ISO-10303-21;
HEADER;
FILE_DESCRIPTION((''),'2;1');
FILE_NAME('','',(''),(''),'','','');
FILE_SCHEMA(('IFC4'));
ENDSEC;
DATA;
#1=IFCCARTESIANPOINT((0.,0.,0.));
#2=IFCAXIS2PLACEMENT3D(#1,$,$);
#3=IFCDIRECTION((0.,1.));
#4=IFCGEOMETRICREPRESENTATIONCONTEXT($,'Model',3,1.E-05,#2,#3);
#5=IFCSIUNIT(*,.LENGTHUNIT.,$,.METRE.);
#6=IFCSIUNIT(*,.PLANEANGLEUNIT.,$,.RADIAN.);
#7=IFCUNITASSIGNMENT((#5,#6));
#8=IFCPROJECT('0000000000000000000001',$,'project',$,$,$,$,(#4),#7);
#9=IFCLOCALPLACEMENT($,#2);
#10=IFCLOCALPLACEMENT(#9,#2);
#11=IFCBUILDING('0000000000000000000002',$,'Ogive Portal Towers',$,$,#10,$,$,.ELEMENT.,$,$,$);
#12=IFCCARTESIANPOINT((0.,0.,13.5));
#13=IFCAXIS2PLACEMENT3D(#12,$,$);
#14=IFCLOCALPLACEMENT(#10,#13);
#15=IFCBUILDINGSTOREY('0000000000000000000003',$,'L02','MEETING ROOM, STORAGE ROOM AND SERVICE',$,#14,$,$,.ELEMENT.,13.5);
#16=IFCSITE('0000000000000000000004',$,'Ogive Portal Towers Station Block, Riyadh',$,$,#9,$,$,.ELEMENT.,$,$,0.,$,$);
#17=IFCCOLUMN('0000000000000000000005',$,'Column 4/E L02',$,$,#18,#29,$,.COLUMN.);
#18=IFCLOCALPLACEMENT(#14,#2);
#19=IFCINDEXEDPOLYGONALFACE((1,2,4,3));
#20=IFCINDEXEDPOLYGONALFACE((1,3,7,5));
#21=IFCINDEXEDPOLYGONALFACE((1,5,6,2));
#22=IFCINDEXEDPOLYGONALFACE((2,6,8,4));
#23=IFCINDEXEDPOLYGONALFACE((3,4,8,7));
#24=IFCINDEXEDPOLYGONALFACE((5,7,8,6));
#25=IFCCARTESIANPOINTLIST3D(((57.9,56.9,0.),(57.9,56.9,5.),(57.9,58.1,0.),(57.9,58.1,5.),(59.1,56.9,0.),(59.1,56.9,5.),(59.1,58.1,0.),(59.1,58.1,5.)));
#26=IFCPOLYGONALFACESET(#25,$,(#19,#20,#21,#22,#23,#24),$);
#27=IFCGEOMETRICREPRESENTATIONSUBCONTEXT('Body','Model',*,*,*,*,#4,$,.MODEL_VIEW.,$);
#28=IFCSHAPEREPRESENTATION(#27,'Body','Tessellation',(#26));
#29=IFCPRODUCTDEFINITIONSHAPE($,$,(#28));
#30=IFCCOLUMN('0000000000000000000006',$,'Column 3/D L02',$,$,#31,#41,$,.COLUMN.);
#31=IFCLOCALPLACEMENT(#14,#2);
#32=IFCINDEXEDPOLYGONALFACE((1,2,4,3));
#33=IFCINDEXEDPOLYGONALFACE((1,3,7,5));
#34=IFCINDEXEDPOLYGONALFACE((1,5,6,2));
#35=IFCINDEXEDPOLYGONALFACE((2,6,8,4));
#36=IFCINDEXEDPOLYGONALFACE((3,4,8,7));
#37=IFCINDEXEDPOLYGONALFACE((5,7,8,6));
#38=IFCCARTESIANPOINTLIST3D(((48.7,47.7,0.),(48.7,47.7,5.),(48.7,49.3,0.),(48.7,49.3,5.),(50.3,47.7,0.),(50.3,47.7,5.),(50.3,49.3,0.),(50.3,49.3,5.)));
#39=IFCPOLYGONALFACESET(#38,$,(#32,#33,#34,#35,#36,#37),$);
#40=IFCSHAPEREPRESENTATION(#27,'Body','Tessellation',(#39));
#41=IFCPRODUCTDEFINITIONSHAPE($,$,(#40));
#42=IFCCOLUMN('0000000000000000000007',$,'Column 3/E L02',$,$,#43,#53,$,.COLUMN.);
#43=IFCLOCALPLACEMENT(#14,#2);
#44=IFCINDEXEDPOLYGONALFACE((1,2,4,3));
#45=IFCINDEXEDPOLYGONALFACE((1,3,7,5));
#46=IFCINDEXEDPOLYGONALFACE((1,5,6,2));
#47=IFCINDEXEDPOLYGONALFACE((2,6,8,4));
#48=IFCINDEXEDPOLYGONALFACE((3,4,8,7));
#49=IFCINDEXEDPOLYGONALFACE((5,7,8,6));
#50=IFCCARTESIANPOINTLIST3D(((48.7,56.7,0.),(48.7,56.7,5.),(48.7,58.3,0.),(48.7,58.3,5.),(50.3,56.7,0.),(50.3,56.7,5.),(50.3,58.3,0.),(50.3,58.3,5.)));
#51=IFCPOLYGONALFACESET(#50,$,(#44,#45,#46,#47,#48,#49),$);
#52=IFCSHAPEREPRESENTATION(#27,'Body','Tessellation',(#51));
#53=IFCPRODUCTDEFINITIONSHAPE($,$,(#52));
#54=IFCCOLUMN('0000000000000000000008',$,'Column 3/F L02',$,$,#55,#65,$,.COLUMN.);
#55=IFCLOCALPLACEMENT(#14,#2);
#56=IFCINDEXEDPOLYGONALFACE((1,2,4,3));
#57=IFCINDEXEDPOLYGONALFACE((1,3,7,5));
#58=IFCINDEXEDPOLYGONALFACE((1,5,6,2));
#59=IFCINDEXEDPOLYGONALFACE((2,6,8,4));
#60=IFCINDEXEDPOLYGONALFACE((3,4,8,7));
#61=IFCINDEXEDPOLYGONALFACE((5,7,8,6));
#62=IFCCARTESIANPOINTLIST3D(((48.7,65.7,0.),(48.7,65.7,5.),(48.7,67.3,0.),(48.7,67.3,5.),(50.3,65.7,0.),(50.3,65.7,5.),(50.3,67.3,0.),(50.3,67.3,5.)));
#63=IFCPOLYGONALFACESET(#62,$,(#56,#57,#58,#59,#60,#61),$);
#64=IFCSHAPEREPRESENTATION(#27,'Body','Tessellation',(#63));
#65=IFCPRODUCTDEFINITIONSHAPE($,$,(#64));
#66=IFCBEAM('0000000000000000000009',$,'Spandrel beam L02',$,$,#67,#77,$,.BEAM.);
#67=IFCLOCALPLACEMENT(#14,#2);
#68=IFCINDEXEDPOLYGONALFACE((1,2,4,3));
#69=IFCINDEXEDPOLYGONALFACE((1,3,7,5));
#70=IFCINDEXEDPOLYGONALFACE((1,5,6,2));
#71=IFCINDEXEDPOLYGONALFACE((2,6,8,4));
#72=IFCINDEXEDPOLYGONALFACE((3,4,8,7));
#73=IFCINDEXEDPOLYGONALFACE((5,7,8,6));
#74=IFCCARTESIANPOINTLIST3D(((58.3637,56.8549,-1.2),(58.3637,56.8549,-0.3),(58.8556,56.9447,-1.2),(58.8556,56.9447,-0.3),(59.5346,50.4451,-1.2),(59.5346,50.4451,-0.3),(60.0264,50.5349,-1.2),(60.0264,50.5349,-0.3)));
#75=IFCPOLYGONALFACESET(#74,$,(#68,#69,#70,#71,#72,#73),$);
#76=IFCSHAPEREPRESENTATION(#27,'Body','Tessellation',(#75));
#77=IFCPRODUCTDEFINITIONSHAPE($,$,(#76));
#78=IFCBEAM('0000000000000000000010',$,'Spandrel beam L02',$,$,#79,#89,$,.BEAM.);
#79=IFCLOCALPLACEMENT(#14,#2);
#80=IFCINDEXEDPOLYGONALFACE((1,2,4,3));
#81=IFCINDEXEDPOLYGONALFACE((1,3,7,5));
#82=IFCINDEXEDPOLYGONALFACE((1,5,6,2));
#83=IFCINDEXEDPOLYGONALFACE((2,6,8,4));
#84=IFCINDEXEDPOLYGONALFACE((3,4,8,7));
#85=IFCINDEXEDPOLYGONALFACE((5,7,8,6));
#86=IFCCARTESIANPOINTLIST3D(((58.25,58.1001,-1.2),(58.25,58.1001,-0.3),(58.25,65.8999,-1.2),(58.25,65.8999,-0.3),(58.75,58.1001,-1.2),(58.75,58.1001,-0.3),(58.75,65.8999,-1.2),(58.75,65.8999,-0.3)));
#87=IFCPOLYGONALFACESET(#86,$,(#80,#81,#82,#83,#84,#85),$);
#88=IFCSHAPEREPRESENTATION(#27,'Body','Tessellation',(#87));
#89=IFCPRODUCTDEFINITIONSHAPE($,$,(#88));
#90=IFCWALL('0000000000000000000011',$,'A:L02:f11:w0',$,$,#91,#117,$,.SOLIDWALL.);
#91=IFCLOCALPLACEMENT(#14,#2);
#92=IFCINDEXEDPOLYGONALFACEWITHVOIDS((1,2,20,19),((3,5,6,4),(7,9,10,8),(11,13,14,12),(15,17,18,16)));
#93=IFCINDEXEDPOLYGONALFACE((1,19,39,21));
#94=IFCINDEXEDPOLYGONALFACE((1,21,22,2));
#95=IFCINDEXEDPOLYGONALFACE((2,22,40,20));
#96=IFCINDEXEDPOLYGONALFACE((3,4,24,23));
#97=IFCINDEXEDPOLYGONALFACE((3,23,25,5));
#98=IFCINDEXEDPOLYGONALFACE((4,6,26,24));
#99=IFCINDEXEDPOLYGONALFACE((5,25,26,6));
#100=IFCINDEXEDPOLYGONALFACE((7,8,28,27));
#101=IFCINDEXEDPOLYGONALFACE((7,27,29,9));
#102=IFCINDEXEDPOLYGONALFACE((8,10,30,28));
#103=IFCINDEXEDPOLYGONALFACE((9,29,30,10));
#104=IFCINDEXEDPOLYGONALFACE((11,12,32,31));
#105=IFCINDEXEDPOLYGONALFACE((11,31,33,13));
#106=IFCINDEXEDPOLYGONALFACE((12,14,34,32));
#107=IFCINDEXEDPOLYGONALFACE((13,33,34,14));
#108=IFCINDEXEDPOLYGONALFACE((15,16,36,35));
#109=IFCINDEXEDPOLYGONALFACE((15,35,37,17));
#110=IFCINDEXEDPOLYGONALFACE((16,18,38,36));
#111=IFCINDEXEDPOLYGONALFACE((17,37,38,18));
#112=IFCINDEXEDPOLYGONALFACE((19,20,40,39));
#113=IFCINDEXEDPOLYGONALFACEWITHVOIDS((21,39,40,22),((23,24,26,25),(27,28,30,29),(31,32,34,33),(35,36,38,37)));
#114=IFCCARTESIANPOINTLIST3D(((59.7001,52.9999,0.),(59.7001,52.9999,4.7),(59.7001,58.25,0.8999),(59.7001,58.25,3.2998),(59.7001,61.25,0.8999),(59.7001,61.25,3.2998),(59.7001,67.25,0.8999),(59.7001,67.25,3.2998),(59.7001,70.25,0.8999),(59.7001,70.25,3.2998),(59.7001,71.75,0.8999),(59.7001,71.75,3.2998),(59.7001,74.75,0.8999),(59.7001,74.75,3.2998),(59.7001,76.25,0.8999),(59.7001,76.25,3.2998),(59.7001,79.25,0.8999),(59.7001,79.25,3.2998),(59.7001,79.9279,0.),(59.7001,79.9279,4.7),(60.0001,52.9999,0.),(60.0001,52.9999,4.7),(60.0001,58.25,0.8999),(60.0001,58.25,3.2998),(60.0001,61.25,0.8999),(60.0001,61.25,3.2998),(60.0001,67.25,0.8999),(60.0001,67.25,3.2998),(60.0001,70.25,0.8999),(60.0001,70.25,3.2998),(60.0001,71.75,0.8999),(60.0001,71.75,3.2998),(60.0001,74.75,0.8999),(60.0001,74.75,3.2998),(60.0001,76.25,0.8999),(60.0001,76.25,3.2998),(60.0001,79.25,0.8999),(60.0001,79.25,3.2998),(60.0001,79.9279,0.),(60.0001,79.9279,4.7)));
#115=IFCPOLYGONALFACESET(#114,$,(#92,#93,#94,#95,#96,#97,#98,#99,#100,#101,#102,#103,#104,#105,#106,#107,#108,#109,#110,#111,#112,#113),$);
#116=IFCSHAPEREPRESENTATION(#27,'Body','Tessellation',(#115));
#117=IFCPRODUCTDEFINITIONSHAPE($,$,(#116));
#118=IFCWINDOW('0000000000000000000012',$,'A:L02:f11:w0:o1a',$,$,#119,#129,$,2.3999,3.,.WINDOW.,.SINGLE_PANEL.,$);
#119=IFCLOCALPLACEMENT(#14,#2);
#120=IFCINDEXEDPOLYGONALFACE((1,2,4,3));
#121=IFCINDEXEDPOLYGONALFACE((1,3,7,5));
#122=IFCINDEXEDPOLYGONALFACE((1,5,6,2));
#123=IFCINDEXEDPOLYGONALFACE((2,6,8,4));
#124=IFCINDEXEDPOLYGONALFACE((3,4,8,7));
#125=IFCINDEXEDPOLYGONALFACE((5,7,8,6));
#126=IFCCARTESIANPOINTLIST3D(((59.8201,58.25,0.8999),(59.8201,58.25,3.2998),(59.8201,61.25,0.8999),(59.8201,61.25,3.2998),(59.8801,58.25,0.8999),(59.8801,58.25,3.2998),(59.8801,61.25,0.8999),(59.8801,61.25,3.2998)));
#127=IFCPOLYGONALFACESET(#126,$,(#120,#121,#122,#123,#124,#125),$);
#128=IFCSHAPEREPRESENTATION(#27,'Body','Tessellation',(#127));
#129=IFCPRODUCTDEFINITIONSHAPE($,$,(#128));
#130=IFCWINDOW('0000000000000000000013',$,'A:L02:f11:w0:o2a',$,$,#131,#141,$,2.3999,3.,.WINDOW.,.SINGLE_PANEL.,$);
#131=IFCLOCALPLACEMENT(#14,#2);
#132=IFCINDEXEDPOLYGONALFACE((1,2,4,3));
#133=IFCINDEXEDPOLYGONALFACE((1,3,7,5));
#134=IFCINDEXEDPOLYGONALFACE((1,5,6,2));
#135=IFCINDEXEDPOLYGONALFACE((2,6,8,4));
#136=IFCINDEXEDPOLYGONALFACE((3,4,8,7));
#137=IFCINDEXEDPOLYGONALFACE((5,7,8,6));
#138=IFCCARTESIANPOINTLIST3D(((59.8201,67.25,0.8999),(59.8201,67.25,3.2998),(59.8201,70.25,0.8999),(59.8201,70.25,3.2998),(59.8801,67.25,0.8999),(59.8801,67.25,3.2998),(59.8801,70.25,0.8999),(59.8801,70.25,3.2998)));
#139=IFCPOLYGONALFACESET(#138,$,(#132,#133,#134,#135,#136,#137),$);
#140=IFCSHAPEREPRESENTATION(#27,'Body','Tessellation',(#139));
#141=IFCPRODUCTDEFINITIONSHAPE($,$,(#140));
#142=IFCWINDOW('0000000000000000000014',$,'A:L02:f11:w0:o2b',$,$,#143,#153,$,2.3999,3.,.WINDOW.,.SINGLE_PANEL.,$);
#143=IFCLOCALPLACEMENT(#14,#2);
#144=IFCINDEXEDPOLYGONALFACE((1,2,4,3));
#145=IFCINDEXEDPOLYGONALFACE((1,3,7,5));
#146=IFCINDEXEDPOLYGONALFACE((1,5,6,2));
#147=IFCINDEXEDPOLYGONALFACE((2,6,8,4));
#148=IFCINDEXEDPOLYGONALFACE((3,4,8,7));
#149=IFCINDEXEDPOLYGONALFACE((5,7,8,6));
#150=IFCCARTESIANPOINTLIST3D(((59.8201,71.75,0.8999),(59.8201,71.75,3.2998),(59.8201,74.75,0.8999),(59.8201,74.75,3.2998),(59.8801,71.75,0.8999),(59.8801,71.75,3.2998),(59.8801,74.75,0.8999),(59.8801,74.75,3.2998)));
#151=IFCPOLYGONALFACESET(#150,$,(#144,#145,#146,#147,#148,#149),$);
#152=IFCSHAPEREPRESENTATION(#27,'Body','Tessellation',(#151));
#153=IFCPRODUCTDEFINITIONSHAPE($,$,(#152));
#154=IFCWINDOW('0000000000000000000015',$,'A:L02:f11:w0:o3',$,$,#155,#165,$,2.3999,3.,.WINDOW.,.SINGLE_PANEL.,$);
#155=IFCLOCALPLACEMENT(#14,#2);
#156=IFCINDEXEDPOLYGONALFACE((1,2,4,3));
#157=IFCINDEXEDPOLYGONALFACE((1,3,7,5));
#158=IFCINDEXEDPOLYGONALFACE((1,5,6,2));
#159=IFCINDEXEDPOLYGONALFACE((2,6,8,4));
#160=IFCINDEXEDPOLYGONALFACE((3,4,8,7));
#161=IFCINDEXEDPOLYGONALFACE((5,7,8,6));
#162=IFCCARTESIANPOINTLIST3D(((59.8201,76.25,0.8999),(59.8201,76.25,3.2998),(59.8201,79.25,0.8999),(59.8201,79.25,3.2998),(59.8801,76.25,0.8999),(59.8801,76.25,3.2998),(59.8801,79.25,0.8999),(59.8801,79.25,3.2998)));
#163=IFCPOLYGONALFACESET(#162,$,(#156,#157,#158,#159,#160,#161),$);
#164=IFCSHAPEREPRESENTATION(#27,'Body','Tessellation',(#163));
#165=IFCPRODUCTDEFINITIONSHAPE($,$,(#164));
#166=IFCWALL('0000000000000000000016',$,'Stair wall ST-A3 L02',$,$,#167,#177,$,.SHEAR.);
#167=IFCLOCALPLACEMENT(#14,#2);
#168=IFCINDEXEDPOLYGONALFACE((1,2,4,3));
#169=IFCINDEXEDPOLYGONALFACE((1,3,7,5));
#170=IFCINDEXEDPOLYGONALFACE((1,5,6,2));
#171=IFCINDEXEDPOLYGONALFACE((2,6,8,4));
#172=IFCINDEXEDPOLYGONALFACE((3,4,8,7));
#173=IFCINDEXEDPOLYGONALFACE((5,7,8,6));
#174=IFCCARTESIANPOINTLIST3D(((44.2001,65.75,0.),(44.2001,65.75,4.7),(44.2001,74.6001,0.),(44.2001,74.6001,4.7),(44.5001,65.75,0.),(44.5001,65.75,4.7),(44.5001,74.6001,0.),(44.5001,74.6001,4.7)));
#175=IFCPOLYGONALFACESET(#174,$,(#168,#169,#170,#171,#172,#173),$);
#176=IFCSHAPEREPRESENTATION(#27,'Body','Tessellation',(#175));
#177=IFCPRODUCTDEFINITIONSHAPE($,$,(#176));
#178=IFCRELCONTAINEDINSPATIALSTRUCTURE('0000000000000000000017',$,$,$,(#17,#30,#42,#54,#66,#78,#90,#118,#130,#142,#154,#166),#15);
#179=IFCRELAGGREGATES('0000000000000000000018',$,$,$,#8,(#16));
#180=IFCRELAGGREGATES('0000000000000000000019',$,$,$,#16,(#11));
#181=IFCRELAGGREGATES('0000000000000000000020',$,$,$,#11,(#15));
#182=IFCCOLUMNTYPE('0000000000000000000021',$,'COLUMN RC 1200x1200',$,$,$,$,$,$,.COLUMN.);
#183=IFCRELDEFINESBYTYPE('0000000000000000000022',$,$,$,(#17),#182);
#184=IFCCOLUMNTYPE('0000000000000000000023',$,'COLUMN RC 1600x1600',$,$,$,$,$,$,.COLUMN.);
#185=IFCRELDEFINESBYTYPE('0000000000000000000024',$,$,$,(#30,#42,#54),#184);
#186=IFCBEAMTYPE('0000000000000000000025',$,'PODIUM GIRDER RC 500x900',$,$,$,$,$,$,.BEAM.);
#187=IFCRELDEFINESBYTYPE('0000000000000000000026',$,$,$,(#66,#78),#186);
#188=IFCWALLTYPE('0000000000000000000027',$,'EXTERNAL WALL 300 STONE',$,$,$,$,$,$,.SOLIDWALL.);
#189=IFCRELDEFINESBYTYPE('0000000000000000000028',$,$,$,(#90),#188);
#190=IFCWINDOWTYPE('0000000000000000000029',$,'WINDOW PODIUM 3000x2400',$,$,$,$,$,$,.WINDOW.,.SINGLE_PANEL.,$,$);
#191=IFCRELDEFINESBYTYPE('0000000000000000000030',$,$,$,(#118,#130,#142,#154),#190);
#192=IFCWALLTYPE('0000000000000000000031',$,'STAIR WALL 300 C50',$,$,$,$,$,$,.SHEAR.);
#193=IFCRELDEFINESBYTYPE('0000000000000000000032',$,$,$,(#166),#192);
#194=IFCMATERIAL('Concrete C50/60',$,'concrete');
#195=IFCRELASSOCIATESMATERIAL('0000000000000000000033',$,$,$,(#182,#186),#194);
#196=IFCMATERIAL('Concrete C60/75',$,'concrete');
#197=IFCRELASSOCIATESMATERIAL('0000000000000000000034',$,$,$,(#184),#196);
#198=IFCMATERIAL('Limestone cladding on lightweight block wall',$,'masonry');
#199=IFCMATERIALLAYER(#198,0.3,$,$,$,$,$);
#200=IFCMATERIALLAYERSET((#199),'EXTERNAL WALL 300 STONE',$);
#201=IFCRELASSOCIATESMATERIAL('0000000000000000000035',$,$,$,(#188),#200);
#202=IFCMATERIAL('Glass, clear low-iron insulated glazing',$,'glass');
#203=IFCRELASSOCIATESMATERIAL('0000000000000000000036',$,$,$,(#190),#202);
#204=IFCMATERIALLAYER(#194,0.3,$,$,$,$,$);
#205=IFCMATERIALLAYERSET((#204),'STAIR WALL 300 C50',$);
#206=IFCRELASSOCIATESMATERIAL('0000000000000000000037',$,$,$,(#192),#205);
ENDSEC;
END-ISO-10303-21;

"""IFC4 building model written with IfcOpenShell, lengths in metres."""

from ifc_helpers import new_model, si_unit, direction, frame, frame_2d, origin, origin_2d, place, context, subcontext, project, spatial, rectangle, extrude, material, layer, layer_set, material_profile, profile_set, type_object, element, fill, save


model = new_model("IFC4")

# Units and contexts
model_context = context("Model", 3, precision=1e-05, world=origin(), true_north=direction((0.0, 1.0)))
body_context = subcontext(model_context, "Body", "Model", "MODEL_VIEW")
ifc_project = project(units=[si_unit("LENGTHUNIT", "METRE"), si_unit("PLANEANGLEUNIT", "RADIAN")], contexts=[model_context])

# Site, building, storey
site_placement = place(None, origin())
site = spatial("IfcSite", under=ifc_project, at=site_placement, Name="Ogive Portal Towers Station Block, Riyadh", CompositionType="ELEMENT", RefElevation=0.0)
building_placement = place(site_placement, origin())
building = spatial("IfcBuilding", under=site, at=building_placement, Name="Ogive Portal Towers", CompositionType="ELEMENT")
storey_placement = place(building_placement, frame((0.0, 0.0, 13.5)))
storey = spatial("IfcBuildingStorey", under=building, at=storey_placement, Name="L02", Description="MEETING ROOM, STORAGE ROOM AND SERVICE", CompositionType="ELEMENT", Elevation=13.5)

# Columns
ifc_material_1 = material(Name="Concrete C50/60", Category="concrete")
ifc_material_profile_1 = material_profile(ifc_material_1, rectangle(XDim=1.2, YDim=1.2, at=origin_2d()), Name="RC 1200x1200")
ifc_profile_set_1 = profile_set([ifc_material_profile_1], Name="Concrete C50/60")
column_type_1 = type_object("IfcColumnType", Name="COLUMN RC 1200x1200", PredefinedType="COLUMN", material=ifc_profile_set_1)
column_placement = place(storey_placement, frame((58.5, 57.5, 0.0), z_axis=(0.0, 0.0, 1.0), x_axis=(1.0, 0.0, 0.0)))
element("IfcColumn", 1, at=column_placement, inside=storey, type_object=column_type_1, Name="Column 4/E L02", PredefinedType="COLUMN", context=body_context, shape_type="SweptSolid", body=[
    extrude(rectangle(XDim=1.2, YDim=1.2, at=origin_2d()), origin(), (0.0, 0.0, 1.0), 5.0),
])
ifc_material_2 = material(Name="Concrete C60/75", Category="concrete")
ifc_material_profile_2 = material_profile(ifc_material_2, rectangle(XDim=1.6001, YDim=1.6001, at=origin_2d()), Name="RC 1600x1600")
ifc_profile_set_2 = profile_set([ifc_material_profile_2], Name="Concrete C60/75")
column_type_2 = type_object("IfcColumnType", Name="COLUMN RC 1600x1600", PredefinedType="COLUMN", material=ifc_profile_set_2)
for number, where, z_axis, x_axis, name in (
    (2, (49.5, 48.5, 0.0), (0.0, 0.0, 1.0), (1.0, 0.0, 0.0), "Column 3/D L02"),
    (3, (49.5, 57.5, 0.0), (0.0, 0.0, 1.0), (1.0, 0.0, 0.0), "Column 3/E L02"),
    (4, (49.5, 66.5, 0.0), (0.0, 0.0, 1.0), (1.0, 0.0, 0.0), "Column 3/F L02"),
):
    element("IfcColumn", number, at=place(storey_placement, frame(where, z_axis=z_axis, x_axis=x_axis)), inside=storey, type_object=column_type_2, Name=name, PredefinedType="COLUMN", context=body_context, shape_type="SweptSolid", body=[
        extrude(rectangle(XDim=1.6001, YDim=1.6001, at=origin_2d()), origin(), (0.0, 0.0, 1.0), 5.0),
    ])

# Beams
ifc_material_profile_3 = material_profile(ifc_material_1, rectangle(XDim=0.5, YDim=0.8999, at=origin_2d()), Name="RC 500x900")
ifc_profile_set_3 = profile_set([ifc_material_profile_3], Name="Concrete C50/60")
beam_type = type_object("IfcBeamType", Name="PODIUM GIRDER RC 500x900", PredefinedType="BEAM", material=ifc_profile_set_3)
beam_1_placement = place(storey_placement, frame((59.7805, 50.49, -0.75), z_axis=(-0.179696, 0.983722, 0.0), x_axis=(-0.983722, -0.179696, 0.0)))
element("IfcBeam", 5, at=beam_1_placement, inside=storey, type_object=beam_type, Name="Spandrel beam L02", PredefinedType="BEAM", context=body_context, shape_type="SweptSolid", body=[
    extrude(rectangle(XDim=0.5, YDim=0.8999, at=origin_2d()), origin(), (0.0, 0.0, 1.0), 6.5159),
])
beam_2_placement = place(storey_placement, frame((58.5, 58.1001, -0.75), z_axis=(0.0, 1.0, 0.0), x_axis=(-1.0, 0.0, 0.0)))
element("IfcBeam", 6, at=beam_2_placement, inside=storey, type_object=beam_type, Name="Spandrel beam L02", PredefinedType="BEAM", context=body_context, shape_type="SweptSolid", body=[
    extrude(rectangle(XDim=0.5, YDim=0.8999, at=origin_2d()), origin(), (0.0, 0.0, 1.0), 7.7998),
])

# Wall, openings, windows
ifc_material_3 = material(Name="Limestone cladding on lightweight block wall", Category="masonry")
ifc_layer_1 = layer(ifc_material_3, 0.3)
ifc_layer_set_1 = layer_set([ifc_layer_1], Name="EXTERNAL WALL 300 STONE")
wall_type_1 = type_object("IfcWallType", Name="EXTERNAL WALL 300 STONE", PredefinedType="SOLIDWALL", material=ifc_layer_set_1)
wall_1_placement = place(storey_placement, frame((59.8501, 53.0, 0.0), z_axis=(0.0, 0.0, 1.0), x_axis=(0.0, 1.0, 0.0)))
wall_1 = element("IfcWall", 7, at=wall_1_placement, inside=storey, type_object=wall_type_1, Name="A:L02:f11:w0", PredefinedType="SOLIDWALL", context=body_context, shape_type="SweptSolid", body=[
    extrude(rectangle(XDim=26.928, YDim=0.3, at=frame_2d((13.4639, 0.0))), origin(), (0.0, 0.0, 1.0), 4.7),
])
opening_1_placement = place(wall_1_placement, frame((5.25, 0.0, 0.8999)))
opening_1 = element("IfcOpeningElement", 8, at=opening_1_placement, cuts=wall_1, PredefinedType="OPENING", context=body_context, shape_type="SweptSolid", body=[
    extrude(rectangle(XDim=3.0, YDim=2.3999, at=frame_2d((1.5, 1.2))), frame((0.0, 0.1602, 0.0), z_axis=(0.0, -1.0, 0.0), x_axis=(1.0, 0.0, 0.0)), (0.0, 0.0, 1.0), 0.3201),
])
opening_2_placement = place(wall_1_placement, frame((14.25, 0.0, 0.8999)))
opening_2 = element("IfcOpeningElement", 9, at=opening_2_placement, cuts=wall_1, PredefinedType="OPENING", context=body_context, shape_type="SweptSolid", body=[
    extrude(rectangle(XDim=3.0, YDim=2.3999, at=frame_2d((1.5, 1.2))), frame((0.0, 0.1602, 0.0), z_axis=(0.0, -1.0, 0.0), x_axis=(1.0, 0.0, 0.0)), (0.0, 0.0, 1.0), 0.3201),
])
opening_3_placement = place(wall_1_placement, frame((18.75, 0.0, 0.8999)))
opening_3 = element("IfcOpeningElement", 10, at=opening_3_placement, cuts=wall_1, PredefinedType="OPENING", context=body_context, shape_type="SweptSolid", body=[
    extrude(rectangle(XDim=3.0, YDim=2.3999, at=frame_2d((1.5, 1.2))), frame((0.0, 0.1602, 0.0), z_axis=(0.0, -1.0, 0.0), x_axis=(1.0, 0.0, 0.0)), (0.0, 0.0, 1.0), 0.3201),
])
opening_4_placement = place(wall_1_placement, frame((23.25, 0.0, 0.8999)))
opening_4 = element("IfcOpeningElement", 11, at=opening_4_placement, cuts=wall_1, PredefinedType="OPENING", context=body_context, shape_type="SweptSolid", body=[
    extrude(rectangle(XDim=3.0, YDim=2.3999, at=frame_2d((1.5, 1.2))), frame((0.0, 0.1602, 0.0), z_axis=(0.0, -1.0, 0.0), x_axis=(1.0, 0.0, 0.0)), (0.0, 0.0, 1.0), 0.3201),
])
ifc_material_4 = material(Name="Glass, clear low-iron insulated glazing", Category="glass")
window_type = type_object("IfcWindowType", Name="WINDOW PODIUM 3000x2400", PartitioningType="SINGLE_PANEL", PredefinedType="WINDOW", material=ifc_material_4)
window_1_placement = place(opening_1_placement, origin())
window_1 = element("IfcWindow", 12, at=window_1_placement, inside=storey, type_object=window_type, Name="A:L02:f11:w0:o1a", OverallHeight=2.3999, OverallWidth=3.0, PartitioningType="SINGLE_PANEL", PredefinedType="WINDOW", context=body_context, shape_type="SweptSolid", body=[
    extrude(rectangle(XDim=3.0, YDim=2.3999, at=frame_2d((1.5, 1.2))), frame((0.0, 0.03, 0.0), z_axis=(0.0, -1.0, 0.0), x_axis=(1.0, 0.0, 0.0)), (0.0, 0.0, 1.0), 0.0601),
])
fill(opening_1, window_1)
window_2_placement = place(opening_2_placement, origin())
window_2 = element("IfcWindow", 13, at=window_2_placement, inside=storey, type_object=window_type, Name="A:L02:f11:w0:o2a", OverallHeight=2.3999, OverallWidth=3.0, PartitioningType="SINGLE_PANEL", PredefinedType="WINDOW", context=body_context, shape_type="SweptSolid", body=[
    extrude(rectangle(XDim=3.0, YDim=2.3999, at=frame_2d((1.5, 1.2))), frame((0.0, 0.03, 0.0), z_axis=(0.0, -1.0, 0.0), x_axis=(1.0, 0.0, 0.0)), (0.0, 0.0, 1.0), 0.0601),
])
fill(opening_2, window_2)
window_3_placement = place(opening_3_placement, origin())
window_3 = element("IfcWindow", 14, at=window_3_placement, inside=storey, type_object=window_type, Name="A:L02:f11:w0:o2b", OverallHeight=2.3999, OverallWidth=3.0, PartitioningType="SINGLE_PANEL", PredefinedType="WINDOW", context=body_context, shape_type="SweptSolid", body=[
    extrude(rectangle(XDim=3.0, YDim=2.3999, at=frame_2d((1.5, 1.2))), frame((0.0, 0.03, 0.0), z_axis=(0.0, -1.0, 0.0), x_axis=(1.0, 0.0, 0.0)), (0.0, 0.0, 1.0), 0.0601),
])
fill(opening_3, window_3)
window_4_placement = place(opening_4_placement, origin())
window_4 = element("IfcWindow", 15, at=window_4_placement, inside=storey, type_object=window_type, Name="A:L02:f11:w0:o3", OverallHeight=2.3999, OverallWidth=3.0, PartitioningType="SINGLE_PANEL", PredefinedType="WINDOW", context=body_context, shape_type="SweptSolid", body=[
    extrude(rectangle(XDim=3.0, YDim=2.3999, at=frame_2d((1.5, 1.2))), frame((0.0, 0.03, 0.0), z_axis=(0.0, -1.0, 0.0), x_axis=(1.0, 0.0, 0.0)), (0.0, 0.0, 1.0), 0.0601),
])
fill(opening_4, window_4)

# Wall
ifc_layer_2 = layer(ifc_material_1, 0.3)
ifc_layer_set_2 = layer_set([ifc_layer_2], Name="STAIR WALL 300 C50")
wall_type_2 = type_object("IfcWallType", Name="STAIR WALL 300 C50", PredefinedType="SHEAR", material=ifc_layer_set_2)
wall_2_placement = place(storey_placement, frame((44.3501, 65.75, 0.0), z_axis=(0.0, 0.0, 1.0), x_axis=(0.0, 1.0, 0.0)))
element("IfcWall", 16, at=wall_2_placement, inside=storey, type_object=wall_type_2, Name="Stair wall ST-A3 L02", PredefinedType="SHEAR", context=body_context, shape_type="SweptSolid", body=[
    extrude(rectangle(XDim=8.8501, YDim=0.3, at=frame_2d((4.425, 0.0))), origin(), (0.0, 0.0, 1.0), 4.7),
])

save(model, "model.ifc")
